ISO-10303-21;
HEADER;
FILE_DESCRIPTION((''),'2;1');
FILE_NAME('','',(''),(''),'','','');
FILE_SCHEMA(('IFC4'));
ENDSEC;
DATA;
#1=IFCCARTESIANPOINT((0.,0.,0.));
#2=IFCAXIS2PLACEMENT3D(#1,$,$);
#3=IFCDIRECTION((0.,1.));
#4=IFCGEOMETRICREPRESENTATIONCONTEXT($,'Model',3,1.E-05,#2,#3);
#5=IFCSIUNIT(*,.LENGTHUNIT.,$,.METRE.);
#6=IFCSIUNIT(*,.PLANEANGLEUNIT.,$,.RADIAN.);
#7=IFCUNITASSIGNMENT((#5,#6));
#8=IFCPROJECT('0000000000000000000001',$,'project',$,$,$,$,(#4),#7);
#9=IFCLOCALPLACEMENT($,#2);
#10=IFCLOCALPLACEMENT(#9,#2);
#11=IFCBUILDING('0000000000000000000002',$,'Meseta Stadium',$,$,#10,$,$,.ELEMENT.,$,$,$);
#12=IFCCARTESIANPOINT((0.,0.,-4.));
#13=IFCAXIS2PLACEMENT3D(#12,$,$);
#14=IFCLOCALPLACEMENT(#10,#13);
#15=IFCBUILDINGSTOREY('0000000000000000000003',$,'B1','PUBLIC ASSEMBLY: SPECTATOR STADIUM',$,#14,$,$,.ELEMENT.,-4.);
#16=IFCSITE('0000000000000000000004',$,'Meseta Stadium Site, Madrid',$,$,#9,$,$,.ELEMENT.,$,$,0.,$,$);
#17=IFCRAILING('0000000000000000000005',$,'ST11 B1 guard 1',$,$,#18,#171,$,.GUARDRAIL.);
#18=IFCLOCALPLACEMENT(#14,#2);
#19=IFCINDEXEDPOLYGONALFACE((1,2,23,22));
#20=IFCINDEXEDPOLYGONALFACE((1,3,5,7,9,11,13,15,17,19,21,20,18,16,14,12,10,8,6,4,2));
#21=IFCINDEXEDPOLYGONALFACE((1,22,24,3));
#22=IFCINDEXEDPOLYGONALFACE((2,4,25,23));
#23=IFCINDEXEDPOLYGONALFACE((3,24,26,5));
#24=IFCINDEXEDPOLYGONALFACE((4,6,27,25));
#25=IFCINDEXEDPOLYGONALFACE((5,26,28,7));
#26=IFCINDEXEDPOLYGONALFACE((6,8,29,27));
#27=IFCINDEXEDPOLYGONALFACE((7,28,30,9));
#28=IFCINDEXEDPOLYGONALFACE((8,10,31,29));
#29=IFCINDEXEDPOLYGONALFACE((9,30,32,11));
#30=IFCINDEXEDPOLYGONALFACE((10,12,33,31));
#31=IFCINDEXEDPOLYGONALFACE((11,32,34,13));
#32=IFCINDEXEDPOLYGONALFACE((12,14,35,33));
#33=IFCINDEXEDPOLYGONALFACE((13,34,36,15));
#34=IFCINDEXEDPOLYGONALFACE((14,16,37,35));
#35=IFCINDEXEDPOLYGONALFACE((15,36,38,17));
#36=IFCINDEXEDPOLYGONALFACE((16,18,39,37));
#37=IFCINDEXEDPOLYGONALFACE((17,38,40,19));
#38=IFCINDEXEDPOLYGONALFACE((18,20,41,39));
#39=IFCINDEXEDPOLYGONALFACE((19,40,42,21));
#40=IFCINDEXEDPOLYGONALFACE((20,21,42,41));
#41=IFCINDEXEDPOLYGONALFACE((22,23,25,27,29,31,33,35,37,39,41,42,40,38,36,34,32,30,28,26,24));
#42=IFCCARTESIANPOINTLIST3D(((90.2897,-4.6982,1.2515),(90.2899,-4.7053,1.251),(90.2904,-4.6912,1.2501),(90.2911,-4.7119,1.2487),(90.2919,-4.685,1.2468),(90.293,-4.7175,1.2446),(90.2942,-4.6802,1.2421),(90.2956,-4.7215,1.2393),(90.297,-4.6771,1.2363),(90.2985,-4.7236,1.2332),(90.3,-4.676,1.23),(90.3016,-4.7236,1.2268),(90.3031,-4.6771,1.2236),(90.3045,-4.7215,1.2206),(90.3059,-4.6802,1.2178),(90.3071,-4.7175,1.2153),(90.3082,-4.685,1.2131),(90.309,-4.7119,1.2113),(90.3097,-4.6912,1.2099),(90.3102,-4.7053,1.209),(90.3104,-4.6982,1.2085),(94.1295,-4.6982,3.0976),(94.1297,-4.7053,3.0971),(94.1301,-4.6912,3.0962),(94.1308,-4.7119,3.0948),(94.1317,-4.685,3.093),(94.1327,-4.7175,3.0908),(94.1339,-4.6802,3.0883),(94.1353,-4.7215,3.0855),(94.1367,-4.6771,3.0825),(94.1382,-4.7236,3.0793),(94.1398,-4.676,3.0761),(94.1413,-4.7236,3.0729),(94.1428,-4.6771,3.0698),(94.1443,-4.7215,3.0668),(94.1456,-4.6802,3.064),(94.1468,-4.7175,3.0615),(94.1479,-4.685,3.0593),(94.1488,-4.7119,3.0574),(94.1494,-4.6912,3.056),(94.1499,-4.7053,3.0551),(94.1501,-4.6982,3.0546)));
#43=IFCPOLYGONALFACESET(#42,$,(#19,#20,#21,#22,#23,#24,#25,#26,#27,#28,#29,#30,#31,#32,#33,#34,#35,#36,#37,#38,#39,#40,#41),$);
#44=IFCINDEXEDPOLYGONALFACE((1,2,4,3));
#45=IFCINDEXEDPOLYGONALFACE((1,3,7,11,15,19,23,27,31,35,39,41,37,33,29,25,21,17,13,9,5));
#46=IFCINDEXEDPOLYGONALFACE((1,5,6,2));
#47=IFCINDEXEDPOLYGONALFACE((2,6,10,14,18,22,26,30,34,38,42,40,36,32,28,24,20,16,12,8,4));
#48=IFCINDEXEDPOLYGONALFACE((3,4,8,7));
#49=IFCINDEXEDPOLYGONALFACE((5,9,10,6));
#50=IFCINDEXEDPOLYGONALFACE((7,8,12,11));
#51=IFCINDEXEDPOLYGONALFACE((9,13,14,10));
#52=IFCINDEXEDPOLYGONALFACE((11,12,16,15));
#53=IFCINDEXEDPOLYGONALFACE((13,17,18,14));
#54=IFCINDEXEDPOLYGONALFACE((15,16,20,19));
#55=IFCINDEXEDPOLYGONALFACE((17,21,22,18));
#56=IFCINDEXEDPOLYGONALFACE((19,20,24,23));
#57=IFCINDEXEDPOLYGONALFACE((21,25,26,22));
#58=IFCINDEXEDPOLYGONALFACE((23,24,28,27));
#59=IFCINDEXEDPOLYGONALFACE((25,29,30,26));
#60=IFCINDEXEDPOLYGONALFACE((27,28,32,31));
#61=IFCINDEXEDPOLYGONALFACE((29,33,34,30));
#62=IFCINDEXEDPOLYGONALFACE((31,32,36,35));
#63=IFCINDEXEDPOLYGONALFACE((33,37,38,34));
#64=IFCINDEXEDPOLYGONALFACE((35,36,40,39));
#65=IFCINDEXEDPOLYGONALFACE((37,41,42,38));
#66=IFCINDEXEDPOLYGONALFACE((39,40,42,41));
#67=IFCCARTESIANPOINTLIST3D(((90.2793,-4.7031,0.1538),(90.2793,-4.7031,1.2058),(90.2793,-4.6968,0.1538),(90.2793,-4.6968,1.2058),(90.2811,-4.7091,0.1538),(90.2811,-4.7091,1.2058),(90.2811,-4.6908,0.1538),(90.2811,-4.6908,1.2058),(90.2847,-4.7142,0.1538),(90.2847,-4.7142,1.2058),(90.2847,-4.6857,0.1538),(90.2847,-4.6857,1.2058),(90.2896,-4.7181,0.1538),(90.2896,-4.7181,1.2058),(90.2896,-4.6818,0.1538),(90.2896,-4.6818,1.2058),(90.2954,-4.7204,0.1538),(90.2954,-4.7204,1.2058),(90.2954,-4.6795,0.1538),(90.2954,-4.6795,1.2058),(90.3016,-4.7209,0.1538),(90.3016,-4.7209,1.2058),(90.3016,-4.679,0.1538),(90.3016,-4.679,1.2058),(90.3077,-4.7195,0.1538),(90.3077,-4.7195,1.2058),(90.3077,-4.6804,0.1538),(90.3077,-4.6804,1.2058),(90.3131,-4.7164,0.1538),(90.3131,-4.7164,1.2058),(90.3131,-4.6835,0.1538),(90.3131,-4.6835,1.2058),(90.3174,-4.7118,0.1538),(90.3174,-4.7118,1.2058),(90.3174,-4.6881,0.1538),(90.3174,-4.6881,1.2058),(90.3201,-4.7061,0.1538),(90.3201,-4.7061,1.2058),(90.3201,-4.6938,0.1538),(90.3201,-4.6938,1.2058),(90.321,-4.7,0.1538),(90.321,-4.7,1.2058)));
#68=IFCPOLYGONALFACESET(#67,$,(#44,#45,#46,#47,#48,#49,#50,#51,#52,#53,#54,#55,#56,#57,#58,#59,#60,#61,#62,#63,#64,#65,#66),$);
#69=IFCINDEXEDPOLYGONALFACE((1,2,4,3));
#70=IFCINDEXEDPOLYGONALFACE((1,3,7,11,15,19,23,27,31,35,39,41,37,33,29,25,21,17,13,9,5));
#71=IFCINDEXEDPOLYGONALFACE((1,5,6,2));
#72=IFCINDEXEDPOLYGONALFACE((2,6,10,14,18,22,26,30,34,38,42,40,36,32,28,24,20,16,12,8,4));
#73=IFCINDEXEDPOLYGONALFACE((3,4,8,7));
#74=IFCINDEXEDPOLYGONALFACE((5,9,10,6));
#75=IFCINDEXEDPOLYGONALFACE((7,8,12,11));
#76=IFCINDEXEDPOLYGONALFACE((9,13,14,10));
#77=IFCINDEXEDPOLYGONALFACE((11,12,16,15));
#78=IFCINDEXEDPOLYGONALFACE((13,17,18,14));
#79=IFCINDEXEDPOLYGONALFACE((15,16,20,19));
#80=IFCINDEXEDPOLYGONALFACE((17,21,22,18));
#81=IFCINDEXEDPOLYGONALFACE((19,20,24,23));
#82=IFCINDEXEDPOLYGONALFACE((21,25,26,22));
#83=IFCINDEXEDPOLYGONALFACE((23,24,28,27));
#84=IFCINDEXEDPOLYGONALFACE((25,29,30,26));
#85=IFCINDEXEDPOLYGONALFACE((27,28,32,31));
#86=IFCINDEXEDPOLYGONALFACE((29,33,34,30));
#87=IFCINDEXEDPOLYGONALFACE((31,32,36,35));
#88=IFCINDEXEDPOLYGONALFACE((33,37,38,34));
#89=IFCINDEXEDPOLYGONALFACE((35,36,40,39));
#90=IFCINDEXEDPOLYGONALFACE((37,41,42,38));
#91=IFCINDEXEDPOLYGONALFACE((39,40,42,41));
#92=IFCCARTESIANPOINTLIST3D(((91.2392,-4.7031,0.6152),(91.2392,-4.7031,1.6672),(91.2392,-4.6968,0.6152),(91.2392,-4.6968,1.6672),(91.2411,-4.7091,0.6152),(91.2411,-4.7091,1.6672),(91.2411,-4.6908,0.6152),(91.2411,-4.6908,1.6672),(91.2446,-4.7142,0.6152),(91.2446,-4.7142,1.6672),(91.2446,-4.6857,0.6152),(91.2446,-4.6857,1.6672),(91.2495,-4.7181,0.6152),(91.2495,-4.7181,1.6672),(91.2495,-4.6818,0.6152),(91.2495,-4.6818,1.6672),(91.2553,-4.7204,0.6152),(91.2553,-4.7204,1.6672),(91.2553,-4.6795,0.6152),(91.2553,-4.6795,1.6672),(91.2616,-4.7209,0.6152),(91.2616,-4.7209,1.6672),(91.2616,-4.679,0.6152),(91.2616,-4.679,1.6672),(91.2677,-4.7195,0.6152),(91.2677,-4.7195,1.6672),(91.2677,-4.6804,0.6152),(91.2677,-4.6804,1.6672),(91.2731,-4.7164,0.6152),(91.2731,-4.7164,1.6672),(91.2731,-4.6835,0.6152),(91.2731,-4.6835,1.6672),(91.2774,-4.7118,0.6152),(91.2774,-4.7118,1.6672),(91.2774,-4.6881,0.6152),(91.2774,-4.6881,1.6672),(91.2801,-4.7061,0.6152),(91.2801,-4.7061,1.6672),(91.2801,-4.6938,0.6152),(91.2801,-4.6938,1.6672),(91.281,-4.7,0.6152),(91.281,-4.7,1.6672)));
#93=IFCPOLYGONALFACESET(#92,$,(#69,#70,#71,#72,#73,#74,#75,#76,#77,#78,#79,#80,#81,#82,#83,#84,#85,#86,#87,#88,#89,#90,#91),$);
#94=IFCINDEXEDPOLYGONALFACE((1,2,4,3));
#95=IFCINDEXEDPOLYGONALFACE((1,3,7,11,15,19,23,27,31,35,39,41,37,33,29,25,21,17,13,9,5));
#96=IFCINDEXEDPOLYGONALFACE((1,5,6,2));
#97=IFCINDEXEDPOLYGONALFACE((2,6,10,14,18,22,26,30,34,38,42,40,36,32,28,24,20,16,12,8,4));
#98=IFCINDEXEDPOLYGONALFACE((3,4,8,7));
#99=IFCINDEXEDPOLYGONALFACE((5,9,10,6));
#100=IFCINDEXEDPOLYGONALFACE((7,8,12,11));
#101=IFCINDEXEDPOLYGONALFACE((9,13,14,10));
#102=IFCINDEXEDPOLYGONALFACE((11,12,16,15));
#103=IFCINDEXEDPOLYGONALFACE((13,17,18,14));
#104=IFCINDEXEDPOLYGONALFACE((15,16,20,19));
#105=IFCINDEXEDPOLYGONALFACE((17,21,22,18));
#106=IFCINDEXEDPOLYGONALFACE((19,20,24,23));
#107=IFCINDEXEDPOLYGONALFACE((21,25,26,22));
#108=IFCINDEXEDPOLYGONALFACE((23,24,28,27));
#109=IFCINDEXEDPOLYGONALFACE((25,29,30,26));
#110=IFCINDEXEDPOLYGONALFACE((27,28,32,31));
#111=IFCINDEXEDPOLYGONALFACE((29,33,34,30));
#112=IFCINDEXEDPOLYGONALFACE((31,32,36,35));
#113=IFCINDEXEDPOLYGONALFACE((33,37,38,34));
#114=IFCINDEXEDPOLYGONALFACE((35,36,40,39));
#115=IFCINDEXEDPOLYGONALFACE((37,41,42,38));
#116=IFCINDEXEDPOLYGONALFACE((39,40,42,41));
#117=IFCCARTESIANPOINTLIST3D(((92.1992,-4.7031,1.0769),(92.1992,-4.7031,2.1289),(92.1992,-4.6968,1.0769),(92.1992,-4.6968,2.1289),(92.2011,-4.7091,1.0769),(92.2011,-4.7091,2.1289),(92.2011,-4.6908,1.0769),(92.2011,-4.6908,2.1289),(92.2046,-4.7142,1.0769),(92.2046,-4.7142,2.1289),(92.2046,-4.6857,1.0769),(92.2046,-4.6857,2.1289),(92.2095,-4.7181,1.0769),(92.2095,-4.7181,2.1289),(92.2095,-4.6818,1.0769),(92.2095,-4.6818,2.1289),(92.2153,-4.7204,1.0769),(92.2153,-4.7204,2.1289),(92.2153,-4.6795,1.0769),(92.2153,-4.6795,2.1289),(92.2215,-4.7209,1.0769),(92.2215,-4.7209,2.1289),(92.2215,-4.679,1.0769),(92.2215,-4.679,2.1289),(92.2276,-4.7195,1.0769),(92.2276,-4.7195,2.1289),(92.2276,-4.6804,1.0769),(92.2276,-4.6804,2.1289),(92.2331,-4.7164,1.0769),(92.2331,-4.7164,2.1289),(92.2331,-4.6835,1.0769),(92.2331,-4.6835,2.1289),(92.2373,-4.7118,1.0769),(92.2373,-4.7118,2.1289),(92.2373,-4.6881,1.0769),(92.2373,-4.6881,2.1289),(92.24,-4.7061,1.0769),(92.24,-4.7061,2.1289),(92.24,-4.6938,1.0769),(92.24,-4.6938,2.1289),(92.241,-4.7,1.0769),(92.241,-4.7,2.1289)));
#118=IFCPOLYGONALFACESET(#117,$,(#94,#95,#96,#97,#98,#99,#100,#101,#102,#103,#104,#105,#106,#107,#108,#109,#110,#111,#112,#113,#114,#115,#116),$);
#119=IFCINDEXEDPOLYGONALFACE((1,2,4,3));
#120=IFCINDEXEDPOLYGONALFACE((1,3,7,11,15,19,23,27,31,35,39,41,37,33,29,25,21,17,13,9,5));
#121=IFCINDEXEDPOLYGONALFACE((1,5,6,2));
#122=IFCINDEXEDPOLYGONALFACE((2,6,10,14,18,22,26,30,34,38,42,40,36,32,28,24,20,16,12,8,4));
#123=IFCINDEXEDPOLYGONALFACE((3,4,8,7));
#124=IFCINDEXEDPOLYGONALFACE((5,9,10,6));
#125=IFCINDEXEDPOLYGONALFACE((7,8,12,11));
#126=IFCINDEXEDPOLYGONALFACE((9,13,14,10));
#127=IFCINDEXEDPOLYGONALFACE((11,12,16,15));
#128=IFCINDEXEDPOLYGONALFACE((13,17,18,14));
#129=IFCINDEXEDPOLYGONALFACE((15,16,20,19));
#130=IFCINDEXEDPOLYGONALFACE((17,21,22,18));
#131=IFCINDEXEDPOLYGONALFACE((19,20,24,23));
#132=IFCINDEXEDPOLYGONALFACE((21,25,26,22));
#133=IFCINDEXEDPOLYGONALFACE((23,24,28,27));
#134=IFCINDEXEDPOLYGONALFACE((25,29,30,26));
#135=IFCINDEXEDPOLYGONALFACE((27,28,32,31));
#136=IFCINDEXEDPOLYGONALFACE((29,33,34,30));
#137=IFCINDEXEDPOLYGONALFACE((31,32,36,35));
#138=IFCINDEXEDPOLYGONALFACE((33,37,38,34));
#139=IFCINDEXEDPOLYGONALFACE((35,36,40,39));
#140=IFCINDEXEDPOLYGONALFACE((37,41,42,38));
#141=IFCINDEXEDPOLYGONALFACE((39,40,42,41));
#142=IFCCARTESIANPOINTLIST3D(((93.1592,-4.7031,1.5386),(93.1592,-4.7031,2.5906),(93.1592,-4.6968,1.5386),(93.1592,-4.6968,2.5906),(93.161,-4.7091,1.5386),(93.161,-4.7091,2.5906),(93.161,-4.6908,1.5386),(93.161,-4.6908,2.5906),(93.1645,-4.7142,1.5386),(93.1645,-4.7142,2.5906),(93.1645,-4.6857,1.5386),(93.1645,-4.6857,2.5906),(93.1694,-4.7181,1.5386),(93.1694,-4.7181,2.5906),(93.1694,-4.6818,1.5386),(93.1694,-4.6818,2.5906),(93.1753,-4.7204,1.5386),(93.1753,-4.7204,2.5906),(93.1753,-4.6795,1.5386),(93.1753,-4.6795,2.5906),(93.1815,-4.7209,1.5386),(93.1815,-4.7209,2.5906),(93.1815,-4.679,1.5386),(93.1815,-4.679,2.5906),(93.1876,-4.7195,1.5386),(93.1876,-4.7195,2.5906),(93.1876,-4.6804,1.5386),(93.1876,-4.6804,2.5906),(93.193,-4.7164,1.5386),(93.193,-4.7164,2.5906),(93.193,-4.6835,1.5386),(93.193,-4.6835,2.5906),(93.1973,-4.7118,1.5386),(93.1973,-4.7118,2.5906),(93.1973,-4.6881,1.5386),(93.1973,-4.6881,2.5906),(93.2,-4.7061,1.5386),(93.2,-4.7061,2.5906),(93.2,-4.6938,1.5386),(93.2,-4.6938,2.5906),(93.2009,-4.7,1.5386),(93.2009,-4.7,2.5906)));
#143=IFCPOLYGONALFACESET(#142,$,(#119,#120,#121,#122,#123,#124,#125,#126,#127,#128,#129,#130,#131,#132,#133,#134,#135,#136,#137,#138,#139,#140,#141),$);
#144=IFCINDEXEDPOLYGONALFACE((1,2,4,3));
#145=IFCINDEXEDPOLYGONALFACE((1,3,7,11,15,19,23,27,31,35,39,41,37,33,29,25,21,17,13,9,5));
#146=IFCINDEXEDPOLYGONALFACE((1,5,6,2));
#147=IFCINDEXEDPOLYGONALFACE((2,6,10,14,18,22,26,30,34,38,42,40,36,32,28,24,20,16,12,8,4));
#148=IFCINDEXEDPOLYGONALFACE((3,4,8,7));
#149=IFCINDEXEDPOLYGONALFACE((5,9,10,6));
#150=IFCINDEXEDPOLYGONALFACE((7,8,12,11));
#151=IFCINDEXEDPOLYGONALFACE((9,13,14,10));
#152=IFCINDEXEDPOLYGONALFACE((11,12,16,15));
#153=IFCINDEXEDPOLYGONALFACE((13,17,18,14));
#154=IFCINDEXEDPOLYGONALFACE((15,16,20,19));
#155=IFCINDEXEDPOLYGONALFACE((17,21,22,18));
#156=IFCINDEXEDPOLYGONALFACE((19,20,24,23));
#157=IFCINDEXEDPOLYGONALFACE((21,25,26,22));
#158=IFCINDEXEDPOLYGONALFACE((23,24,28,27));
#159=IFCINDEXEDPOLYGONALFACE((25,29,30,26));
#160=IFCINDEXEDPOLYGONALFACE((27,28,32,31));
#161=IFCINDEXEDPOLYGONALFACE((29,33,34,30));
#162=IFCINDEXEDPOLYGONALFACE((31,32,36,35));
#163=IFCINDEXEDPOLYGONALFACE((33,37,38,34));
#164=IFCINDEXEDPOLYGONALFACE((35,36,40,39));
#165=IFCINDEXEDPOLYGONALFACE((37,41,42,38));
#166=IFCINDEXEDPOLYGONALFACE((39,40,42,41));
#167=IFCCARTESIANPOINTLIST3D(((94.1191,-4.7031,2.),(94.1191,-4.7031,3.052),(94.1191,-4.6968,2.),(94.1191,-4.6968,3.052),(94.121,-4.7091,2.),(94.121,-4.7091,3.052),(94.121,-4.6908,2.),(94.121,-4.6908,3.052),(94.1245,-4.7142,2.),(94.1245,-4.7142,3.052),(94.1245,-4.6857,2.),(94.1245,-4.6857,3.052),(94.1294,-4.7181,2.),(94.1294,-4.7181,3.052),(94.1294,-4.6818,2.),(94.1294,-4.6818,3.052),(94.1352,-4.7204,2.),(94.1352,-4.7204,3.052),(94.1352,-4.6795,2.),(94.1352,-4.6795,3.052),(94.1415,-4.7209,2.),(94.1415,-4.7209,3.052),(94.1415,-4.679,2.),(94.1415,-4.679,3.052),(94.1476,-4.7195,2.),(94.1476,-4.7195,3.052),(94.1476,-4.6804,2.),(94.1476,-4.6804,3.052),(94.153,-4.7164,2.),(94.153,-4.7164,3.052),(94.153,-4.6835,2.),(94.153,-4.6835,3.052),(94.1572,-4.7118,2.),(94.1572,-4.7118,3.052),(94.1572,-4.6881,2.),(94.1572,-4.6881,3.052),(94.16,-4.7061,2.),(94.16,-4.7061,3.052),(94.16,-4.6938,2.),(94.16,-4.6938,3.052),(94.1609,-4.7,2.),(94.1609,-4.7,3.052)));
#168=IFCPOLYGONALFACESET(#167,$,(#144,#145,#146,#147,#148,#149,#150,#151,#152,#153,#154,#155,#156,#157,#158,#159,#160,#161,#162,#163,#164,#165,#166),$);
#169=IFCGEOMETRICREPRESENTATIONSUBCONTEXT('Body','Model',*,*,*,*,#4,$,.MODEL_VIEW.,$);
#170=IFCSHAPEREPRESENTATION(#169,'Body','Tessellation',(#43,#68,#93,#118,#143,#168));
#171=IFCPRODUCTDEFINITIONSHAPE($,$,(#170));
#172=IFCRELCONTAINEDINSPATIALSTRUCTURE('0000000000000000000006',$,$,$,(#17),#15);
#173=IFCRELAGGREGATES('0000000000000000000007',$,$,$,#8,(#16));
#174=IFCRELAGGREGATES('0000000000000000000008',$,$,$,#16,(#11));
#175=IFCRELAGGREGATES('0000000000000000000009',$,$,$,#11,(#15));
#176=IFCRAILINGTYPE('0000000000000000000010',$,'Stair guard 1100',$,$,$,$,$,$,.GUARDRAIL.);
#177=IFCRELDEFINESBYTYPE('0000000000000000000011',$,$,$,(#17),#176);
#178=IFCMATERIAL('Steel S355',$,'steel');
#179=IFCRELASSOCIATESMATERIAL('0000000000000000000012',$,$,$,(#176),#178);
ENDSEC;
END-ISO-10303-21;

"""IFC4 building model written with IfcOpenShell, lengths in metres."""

from ifc_helpers import new_model, si_unit, direction, frame, origin, origin_2d, place, context, subcontext, project, spatial, circle, extrude, material, type_object, element, save


model = new_model("IFC4")

# Units and contexts
model_context = context("Model", 3, precision=1e-05, world=origin(), true_north=direction((0.0, 1.0)))
body_context = subcontext(model_context, "Body", "Model", "MODEL_VIEW")
ifc_project = project(units=[si_unit("LENGTHUNIT", "METRE"), si_unit("PLANEANGLEUNIT", "RADIAN")], contexts=[model_context])

# Site, building, storey
site_placement = place(None, origin())
site = spatial("IfcSite", under=ifc_project, at=site_placement, Name="Meseta Stadium Site, Madrid", CompositionType="ELEMENT", RefElevation=0.0)
building_placement = place(site_placement, origin())
building = spatial("IfcBuilding", under=site, at=building_placement, Name="Meseta Stadium", CompositionType="ELEMENT")
storey_placement = place(building_placement, frame((0.0, 0.0, -4.0)))
storey = spatial("IfcBuildingStorey", under=building, at=storey_placement, Name="B1", Description="PUBLIC ASSEMBLY: SPECTATOR STADIUM", CompositionType="ELEMENT", Elevation=-4.0)

# Railing
ifc_material_1 = material(Name="Steel S355", Category="steel")
railing_type_1 = type_object("IfcRailingType", Name="Stair guard 1100", PredefinedType="GUARDRAIL", material=ifc_material_1)
railing_1_placement = place(storey_placement, frame((90.3, -4.7, 0.1538)))
element("IfcRailing", 1, at=railing_1_placement, inside=storey, type_object=railing_type_1, Name="ST11 B1 guard 1", PredefinedType="GUARDRAIL", context=body_context, shape_type="SweptSolid", body=[
    extrude(circle(Radius=0.0239, at=origin_2d()), frame((0.0, 0.0, 1.0762), z_axis=(0.901242, 0.0, 0.433316), x_axis=(0.0, 1.0, 0.0)), (0.0, 0.0, 1.0), 4.2605),
    extrude(circle(Radius=0.021, at=origin_2d()), origin(), (0.0, 0.0, 1.0), 1.052),
    extrude(circle(Radius=0.021, at=origin_2d()), frame((0.96, 0.0, 0.4614)), (0.0, 0.0, 1.0), 1.052),
    extrude(circle(Radius=0.021, at=origin_2d()), frame((1.9199, 0.0, 0.9231)), (0.0, 0.0, 1.0), 1.052),
    extrude(circle(Radius=0.021, at=origin_2d()), frame((2.8799, 0.0, 1.3848)), (0.0, 0.0, 1.0), 1.052),
    extrude(circle(Radius=0.021, at=origin_2d()), frame((3.8398, 0.0, 1.8462)), (0.0, 0.0, 1.0), 1.052),
])

save(model, "model.ifc")
